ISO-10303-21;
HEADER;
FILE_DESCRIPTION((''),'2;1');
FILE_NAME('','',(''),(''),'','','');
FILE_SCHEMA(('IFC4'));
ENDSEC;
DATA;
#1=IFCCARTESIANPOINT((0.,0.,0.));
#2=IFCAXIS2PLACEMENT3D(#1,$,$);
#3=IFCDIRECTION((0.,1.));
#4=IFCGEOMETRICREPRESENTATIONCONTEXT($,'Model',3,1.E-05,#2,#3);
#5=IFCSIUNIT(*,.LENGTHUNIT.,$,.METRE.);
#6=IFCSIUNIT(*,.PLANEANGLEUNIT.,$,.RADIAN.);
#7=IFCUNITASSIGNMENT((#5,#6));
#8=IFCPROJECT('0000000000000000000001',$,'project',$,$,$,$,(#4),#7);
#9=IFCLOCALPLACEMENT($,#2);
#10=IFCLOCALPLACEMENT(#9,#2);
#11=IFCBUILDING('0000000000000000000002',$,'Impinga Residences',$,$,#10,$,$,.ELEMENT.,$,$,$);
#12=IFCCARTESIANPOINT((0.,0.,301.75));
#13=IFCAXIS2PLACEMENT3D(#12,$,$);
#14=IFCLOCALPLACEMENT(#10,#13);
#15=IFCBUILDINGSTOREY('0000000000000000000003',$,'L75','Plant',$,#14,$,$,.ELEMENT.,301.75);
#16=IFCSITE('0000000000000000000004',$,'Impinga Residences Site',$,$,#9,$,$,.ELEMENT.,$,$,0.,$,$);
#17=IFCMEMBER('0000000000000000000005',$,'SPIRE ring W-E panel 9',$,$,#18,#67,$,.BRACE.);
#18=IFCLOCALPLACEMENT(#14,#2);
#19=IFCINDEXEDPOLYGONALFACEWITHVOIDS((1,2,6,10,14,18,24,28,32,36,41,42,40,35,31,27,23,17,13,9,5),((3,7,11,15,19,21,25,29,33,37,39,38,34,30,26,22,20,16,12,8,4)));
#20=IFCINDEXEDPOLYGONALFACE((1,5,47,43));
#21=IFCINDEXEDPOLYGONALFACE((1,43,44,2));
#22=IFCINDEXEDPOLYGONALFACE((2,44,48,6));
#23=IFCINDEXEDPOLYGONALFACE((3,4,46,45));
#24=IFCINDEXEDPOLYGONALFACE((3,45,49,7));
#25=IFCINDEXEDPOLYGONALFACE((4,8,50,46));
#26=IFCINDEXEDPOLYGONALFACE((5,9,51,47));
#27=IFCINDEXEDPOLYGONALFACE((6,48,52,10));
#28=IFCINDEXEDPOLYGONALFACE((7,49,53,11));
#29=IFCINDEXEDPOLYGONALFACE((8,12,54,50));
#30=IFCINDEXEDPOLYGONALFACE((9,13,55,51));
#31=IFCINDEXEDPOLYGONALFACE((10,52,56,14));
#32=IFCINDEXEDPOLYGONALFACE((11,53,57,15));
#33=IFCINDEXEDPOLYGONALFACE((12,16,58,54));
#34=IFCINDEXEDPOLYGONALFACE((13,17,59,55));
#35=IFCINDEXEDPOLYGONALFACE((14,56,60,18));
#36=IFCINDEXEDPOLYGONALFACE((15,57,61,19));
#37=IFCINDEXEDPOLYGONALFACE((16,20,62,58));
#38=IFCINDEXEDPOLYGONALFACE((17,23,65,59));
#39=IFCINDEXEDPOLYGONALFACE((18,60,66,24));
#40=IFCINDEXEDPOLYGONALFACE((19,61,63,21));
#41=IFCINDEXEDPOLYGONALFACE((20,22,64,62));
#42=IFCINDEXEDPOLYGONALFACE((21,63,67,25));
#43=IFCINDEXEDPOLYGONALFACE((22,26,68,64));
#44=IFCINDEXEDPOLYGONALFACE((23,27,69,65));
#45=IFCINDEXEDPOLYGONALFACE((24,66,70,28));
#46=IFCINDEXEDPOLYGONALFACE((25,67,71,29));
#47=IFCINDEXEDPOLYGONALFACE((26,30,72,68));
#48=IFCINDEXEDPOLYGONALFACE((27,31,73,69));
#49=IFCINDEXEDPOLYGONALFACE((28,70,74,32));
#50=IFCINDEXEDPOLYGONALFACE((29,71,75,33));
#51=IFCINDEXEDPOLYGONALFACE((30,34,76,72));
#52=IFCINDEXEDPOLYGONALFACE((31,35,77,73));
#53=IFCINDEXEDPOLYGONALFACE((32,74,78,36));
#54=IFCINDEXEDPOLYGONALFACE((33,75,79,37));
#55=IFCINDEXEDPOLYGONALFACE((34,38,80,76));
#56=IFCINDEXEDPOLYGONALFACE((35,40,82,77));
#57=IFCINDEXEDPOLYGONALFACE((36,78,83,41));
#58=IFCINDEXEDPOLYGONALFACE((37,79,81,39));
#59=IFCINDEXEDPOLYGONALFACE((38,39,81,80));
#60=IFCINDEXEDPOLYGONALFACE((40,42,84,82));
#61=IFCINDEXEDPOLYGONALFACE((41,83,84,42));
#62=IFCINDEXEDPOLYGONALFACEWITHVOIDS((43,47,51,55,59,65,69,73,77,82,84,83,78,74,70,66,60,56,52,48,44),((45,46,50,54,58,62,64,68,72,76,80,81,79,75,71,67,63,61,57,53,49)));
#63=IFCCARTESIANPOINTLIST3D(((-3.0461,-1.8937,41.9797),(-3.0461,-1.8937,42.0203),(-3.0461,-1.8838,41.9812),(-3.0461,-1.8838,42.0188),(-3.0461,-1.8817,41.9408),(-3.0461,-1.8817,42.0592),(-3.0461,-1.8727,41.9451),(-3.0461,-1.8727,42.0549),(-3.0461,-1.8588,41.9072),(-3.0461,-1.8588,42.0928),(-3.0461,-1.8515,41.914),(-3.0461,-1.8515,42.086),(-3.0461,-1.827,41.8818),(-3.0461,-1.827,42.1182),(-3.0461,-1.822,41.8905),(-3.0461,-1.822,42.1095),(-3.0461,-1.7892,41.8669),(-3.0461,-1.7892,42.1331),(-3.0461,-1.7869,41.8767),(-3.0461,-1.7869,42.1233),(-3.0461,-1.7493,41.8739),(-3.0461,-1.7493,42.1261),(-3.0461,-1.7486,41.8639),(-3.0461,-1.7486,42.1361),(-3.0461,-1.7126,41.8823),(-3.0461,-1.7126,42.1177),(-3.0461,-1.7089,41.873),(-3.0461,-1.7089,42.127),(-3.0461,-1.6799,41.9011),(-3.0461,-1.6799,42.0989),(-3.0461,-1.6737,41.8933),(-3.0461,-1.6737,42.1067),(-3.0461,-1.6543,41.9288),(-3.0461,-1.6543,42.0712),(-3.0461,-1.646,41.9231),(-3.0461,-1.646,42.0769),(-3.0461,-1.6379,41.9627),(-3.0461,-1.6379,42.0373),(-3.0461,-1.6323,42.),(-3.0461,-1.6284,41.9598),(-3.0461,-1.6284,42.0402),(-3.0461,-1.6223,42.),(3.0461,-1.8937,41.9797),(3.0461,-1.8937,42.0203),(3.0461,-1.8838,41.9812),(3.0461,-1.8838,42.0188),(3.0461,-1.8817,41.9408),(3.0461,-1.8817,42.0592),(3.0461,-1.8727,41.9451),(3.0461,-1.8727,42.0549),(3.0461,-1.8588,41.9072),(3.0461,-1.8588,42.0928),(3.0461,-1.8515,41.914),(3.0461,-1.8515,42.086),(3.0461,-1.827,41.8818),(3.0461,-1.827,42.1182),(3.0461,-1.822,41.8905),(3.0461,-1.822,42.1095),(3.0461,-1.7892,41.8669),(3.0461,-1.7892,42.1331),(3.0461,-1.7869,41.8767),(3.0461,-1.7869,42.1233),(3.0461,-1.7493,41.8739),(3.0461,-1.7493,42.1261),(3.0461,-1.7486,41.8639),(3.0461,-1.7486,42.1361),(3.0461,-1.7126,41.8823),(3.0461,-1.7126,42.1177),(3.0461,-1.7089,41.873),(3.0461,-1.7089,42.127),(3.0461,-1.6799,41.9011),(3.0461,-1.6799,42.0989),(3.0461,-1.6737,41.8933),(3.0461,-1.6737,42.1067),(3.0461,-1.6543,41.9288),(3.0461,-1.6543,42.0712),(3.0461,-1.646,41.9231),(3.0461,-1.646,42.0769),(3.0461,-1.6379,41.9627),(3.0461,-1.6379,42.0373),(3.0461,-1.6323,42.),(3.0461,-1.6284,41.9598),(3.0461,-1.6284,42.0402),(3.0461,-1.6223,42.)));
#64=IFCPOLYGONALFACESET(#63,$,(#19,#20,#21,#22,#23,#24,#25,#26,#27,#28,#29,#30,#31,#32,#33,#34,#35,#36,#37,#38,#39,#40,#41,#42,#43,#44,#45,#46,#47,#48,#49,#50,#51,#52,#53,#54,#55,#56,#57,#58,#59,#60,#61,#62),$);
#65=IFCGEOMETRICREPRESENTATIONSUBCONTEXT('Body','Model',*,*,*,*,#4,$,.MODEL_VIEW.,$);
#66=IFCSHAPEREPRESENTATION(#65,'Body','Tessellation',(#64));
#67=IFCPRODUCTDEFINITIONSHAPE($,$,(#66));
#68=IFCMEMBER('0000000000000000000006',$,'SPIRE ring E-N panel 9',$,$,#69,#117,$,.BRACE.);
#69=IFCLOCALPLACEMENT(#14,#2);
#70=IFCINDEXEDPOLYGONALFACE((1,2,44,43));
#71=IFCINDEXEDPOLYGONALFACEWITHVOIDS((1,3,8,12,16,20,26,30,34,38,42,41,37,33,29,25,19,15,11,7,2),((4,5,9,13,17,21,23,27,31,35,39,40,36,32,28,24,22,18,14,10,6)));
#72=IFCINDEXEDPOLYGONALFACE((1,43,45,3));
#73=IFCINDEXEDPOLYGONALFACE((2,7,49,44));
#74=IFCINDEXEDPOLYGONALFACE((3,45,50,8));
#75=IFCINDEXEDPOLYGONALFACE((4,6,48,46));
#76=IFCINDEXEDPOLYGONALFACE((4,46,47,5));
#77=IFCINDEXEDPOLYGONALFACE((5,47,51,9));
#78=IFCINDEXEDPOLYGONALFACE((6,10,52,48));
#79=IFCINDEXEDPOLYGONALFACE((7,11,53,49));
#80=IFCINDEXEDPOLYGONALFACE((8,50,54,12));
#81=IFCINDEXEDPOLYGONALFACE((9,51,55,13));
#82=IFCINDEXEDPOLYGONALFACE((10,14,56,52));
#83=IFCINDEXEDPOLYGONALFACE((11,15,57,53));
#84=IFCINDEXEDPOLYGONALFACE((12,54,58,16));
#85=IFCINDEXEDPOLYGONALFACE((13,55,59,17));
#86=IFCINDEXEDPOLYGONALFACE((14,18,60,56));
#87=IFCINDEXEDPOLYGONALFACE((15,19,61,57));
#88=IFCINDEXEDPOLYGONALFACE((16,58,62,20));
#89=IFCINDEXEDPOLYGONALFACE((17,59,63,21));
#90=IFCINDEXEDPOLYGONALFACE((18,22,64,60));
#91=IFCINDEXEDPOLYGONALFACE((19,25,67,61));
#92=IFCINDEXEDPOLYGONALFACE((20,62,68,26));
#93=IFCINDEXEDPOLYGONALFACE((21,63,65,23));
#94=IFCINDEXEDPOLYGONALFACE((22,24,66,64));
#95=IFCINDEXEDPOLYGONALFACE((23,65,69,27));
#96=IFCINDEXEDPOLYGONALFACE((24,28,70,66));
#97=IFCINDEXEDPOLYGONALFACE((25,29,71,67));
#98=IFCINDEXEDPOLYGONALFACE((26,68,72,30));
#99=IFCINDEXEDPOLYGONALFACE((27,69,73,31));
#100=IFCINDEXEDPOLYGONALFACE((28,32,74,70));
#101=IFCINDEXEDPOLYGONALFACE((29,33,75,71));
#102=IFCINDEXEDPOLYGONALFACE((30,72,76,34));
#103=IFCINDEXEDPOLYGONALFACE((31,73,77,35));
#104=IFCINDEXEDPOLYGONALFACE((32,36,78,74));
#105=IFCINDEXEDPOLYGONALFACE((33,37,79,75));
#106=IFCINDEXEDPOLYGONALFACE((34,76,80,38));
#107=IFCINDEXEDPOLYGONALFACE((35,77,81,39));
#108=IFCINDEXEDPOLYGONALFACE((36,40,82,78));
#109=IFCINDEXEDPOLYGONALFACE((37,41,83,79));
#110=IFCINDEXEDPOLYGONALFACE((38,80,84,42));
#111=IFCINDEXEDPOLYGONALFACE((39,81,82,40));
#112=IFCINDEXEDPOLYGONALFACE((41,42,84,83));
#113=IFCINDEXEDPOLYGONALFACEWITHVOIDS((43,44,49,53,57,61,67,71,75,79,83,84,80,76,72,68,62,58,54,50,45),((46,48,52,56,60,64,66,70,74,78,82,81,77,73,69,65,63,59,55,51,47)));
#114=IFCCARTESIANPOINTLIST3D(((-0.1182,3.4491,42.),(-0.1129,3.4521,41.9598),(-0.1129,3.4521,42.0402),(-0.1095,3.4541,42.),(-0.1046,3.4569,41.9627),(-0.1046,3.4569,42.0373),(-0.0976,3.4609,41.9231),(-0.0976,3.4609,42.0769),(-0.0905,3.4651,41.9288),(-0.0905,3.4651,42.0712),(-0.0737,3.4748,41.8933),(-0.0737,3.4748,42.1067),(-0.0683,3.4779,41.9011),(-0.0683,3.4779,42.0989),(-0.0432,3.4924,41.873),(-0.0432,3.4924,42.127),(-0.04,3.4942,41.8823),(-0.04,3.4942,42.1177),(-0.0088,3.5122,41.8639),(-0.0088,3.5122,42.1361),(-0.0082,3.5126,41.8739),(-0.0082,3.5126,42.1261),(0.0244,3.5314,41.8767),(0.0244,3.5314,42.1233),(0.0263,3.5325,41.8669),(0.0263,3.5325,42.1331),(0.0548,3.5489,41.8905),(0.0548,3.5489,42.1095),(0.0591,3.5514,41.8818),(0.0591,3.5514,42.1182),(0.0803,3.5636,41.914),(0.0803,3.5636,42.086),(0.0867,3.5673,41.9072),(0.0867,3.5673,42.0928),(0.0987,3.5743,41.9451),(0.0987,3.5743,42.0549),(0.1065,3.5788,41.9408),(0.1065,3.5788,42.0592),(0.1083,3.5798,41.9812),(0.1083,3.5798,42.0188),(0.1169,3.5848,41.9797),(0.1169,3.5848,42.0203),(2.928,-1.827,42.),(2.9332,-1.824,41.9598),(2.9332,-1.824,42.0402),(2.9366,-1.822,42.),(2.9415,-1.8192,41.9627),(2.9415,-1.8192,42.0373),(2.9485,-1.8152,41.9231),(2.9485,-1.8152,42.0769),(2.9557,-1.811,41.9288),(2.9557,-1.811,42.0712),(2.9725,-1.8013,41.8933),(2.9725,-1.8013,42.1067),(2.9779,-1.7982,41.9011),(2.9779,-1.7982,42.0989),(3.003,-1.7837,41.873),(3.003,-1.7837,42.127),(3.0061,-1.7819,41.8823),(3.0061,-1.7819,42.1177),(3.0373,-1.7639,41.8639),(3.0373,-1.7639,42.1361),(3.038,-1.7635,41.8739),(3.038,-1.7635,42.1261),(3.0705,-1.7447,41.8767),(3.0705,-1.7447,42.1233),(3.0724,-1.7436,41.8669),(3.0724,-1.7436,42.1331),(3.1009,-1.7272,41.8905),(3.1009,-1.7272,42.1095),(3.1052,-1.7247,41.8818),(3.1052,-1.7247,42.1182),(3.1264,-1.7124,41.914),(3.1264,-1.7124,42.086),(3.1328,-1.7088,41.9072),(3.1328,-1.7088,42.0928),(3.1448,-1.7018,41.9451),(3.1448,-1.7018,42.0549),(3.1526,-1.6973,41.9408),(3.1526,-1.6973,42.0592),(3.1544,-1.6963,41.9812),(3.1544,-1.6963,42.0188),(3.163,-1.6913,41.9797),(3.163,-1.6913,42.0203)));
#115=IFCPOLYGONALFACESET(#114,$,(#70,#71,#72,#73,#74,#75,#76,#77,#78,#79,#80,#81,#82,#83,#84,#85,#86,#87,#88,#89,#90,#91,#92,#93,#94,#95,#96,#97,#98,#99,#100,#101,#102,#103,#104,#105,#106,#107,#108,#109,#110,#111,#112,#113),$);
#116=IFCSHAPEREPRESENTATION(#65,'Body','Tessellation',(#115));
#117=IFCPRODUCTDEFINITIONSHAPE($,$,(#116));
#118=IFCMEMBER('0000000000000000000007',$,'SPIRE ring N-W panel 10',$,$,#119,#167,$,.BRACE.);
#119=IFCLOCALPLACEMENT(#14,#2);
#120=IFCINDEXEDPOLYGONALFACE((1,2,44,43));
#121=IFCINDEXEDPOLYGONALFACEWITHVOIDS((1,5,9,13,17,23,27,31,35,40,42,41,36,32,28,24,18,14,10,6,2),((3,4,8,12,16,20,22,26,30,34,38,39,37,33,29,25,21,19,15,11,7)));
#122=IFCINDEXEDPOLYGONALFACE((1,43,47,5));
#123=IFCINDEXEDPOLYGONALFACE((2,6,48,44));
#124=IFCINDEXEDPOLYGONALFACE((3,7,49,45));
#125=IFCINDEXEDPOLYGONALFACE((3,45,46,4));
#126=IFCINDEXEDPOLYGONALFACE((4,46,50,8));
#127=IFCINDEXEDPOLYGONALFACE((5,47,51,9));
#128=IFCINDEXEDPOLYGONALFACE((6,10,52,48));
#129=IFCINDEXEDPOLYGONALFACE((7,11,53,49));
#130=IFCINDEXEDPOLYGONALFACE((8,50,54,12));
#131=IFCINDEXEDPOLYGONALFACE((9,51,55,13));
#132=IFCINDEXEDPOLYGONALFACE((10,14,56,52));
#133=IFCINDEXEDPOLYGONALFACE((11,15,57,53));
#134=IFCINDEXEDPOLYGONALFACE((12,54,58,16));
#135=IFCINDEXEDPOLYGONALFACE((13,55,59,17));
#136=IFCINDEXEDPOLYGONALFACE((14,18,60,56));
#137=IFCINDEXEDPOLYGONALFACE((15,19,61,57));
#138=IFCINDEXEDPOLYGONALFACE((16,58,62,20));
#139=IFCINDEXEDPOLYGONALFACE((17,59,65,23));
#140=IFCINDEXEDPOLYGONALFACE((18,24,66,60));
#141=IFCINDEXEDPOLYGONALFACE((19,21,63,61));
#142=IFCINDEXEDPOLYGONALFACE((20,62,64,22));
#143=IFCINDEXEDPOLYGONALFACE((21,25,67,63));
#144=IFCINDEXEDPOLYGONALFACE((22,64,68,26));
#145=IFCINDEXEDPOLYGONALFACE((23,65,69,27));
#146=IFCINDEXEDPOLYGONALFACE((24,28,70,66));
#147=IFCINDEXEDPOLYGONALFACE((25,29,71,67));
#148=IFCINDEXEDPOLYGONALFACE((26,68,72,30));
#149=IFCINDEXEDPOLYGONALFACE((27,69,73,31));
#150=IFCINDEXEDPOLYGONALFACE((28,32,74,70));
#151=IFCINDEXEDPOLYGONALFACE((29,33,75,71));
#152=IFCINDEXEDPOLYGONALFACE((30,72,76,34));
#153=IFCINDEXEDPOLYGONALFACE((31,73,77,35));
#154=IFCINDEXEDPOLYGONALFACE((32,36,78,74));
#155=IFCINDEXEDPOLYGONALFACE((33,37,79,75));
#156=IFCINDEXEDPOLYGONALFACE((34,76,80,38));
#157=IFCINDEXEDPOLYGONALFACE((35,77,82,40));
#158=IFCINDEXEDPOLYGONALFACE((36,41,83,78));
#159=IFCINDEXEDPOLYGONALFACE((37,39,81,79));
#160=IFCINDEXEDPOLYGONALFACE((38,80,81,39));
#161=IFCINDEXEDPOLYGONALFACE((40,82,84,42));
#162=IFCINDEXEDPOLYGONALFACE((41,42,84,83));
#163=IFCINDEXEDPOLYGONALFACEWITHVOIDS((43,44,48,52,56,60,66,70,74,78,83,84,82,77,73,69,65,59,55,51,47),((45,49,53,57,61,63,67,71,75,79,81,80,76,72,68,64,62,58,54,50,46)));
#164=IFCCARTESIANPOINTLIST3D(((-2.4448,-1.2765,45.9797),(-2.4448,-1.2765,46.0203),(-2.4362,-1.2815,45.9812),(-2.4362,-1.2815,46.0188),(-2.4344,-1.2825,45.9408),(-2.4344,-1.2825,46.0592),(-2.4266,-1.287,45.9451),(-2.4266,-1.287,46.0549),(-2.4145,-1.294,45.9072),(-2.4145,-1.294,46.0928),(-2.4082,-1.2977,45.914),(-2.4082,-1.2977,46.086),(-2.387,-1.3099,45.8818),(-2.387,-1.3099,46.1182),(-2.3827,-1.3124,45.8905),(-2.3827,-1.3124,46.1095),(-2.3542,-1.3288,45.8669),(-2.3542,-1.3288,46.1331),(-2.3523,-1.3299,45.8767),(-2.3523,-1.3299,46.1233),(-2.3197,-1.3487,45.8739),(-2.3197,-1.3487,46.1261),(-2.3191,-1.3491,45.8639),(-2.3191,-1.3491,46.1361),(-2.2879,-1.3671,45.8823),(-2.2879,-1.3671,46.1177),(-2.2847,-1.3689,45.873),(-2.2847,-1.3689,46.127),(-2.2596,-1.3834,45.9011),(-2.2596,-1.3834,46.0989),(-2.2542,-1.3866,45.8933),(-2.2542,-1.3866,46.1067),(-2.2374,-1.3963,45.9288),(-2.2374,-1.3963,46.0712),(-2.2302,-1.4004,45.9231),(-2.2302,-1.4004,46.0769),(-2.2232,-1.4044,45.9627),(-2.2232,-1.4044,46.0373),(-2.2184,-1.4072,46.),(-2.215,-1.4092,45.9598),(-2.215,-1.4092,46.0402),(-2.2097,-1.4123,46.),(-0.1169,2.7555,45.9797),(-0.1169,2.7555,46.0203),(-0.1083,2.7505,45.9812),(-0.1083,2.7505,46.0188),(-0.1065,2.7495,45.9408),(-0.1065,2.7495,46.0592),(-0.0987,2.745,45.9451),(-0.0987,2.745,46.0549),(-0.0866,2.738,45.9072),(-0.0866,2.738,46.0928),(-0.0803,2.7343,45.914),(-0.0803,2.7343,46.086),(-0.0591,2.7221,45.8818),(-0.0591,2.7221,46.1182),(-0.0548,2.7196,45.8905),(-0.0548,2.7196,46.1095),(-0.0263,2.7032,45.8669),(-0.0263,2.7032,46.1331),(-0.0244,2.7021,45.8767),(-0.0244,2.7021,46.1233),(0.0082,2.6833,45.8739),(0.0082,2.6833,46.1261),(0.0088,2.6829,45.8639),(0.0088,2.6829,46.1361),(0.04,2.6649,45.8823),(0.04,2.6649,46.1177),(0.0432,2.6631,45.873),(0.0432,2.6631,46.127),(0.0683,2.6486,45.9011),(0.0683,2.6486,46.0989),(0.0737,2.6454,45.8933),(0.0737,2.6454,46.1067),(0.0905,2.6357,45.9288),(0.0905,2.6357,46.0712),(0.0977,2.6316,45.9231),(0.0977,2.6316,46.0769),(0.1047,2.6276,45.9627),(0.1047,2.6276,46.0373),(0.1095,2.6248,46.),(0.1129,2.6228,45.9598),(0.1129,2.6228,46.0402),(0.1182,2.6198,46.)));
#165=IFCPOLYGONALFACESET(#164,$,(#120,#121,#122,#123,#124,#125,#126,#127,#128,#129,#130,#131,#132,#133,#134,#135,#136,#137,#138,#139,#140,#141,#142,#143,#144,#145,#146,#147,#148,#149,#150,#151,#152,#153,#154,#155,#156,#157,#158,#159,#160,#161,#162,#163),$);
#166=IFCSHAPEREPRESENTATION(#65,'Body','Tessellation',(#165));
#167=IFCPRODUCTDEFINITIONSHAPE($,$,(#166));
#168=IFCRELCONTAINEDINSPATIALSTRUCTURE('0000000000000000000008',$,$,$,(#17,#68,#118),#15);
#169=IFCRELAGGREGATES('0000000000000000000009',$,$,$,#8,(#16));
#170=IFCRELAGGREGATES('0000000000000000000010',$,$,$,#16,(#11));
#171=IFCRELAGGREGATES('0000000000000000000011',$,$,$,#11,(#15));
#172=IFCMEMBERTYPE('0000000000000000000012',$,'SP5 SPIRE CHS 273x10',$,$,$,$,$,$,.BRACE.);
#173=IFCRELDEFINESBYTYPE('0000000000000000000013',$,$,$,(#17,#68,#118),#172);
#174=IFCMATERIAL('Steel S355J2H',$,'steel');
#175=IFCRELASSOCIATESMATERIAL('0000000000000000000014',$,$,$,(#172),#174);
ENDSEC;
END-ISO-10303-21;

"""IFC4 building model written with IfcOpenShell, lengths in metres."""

from ifc_helpers import new_model, si_unit, direction, frame, origin, origin_2d, place, context, subcontext, project, spatial, hollow_circle, extrude, material, material_profile, profile_set, type_object, element, save


model = new_model("IFC4")

# Units and contexts
model_context = context("Model", 3, precision=1e-05, world=origin(), true_north=direction((0.0, 1.0)))
body_context = subcontext(model_context, "Body", "Model", "MODEL_VIEW")
ifc_project = project(units=[si_unit("LENGTHUNIT", "METRE"), si_unit("PLANEANGLEUNIT", "RADIAN")], contexts=[model_context])

# Site, building, storey
site_placement = place(None, origin())
site = spatial("IfcSite", under=ifc_project, at=site_placement, Name="Impinga Residences Site", CompositionType="ELEMENT", RefElevation=0.0)
building_placement = place(site_placement, origin())
building = spatial("IfcBuilding", under=site, at=building_placement, Name="Impinga Residences", CompositionType="ELEMENT")
storey_placement = place(building_placement, frame((0.0, 0.0, 301.75)))
storey = spatial("IfcBuildingStorey", under=building, at=storey_placement, Name="L75", Description="Plant", CompositionType="ELEMENT", Elevation=301.75)

# Members
ifc_material = material(Name="Steel S355J2H", Category="steel")
ifc_material_profile_1 = material_profile(ifc_material, hollow_circle(Radius=0.1365, WallThickness=0.01, at=origin_2d()), Name="CHS 273x10")
ifc_profile_set_1 = profile_set([ifc_material_profile_1], Name="Steel S355J2H")
member_type_1 = type_object("IfcMemberType", Name="SP5 SPIRE CHS 273x10", PredefinedType="BRACE", material=ifc_profile_set_1)
for number, where, z_axis, x_axis, name in (
    (1, (-3.0461, -1.7588, 42.0), (1.0, 0.0, 0.0), (0.0, 1.0, 0.0), "SPIRE ring W-E panel 9"),
    (2, (3.0461, -1.7588, 42.0), (-0.499996, 0.866027, 0.0), (-0.866027, -0.499996, 0.0), "SPIRE ring E-N panel 9"),
):
    element("IfcMember", number, at=place(storey_placement, frame(where, z_axis=z_axis, x_axis=x_axis)), inside=storey, type_object=member_type_1, Name=name, PredefinedType="BRACE", context=body_context, shape_type="SweptSolid", body=[
        extrude(hollow_circle(Radius=0.1365, WallThickness=0.01, at=origin_2d()), origin(), (0.0, 0.0, 1.0), 6.0923),
    ])
for number, where, z_axis, x_axis, name in (
    (3, (0.0, 2.688, 46.0), (-0.500002, -0.866024, 0.0), (0.866024, -0.500002, 0.0), "SPIRE ring N-W panel 10"),
):
    element("IfcMember", number, at=place(storey_placement, frame(where, z_axis=z_axis, x_axis=x_axis)), inside=storey, type_object=member_type_1, Name=name, PredefinedType="BRACE", context=body_context, shape_type="SweptSolid", body=[
        extrude(hollow_circle(Radius=0.1365, WallThickness=0.01, at=origin_2d()), origin(), (0.0, 0.0, 1.0), 4.6558),
    ])

save(model, "model.ifc")
